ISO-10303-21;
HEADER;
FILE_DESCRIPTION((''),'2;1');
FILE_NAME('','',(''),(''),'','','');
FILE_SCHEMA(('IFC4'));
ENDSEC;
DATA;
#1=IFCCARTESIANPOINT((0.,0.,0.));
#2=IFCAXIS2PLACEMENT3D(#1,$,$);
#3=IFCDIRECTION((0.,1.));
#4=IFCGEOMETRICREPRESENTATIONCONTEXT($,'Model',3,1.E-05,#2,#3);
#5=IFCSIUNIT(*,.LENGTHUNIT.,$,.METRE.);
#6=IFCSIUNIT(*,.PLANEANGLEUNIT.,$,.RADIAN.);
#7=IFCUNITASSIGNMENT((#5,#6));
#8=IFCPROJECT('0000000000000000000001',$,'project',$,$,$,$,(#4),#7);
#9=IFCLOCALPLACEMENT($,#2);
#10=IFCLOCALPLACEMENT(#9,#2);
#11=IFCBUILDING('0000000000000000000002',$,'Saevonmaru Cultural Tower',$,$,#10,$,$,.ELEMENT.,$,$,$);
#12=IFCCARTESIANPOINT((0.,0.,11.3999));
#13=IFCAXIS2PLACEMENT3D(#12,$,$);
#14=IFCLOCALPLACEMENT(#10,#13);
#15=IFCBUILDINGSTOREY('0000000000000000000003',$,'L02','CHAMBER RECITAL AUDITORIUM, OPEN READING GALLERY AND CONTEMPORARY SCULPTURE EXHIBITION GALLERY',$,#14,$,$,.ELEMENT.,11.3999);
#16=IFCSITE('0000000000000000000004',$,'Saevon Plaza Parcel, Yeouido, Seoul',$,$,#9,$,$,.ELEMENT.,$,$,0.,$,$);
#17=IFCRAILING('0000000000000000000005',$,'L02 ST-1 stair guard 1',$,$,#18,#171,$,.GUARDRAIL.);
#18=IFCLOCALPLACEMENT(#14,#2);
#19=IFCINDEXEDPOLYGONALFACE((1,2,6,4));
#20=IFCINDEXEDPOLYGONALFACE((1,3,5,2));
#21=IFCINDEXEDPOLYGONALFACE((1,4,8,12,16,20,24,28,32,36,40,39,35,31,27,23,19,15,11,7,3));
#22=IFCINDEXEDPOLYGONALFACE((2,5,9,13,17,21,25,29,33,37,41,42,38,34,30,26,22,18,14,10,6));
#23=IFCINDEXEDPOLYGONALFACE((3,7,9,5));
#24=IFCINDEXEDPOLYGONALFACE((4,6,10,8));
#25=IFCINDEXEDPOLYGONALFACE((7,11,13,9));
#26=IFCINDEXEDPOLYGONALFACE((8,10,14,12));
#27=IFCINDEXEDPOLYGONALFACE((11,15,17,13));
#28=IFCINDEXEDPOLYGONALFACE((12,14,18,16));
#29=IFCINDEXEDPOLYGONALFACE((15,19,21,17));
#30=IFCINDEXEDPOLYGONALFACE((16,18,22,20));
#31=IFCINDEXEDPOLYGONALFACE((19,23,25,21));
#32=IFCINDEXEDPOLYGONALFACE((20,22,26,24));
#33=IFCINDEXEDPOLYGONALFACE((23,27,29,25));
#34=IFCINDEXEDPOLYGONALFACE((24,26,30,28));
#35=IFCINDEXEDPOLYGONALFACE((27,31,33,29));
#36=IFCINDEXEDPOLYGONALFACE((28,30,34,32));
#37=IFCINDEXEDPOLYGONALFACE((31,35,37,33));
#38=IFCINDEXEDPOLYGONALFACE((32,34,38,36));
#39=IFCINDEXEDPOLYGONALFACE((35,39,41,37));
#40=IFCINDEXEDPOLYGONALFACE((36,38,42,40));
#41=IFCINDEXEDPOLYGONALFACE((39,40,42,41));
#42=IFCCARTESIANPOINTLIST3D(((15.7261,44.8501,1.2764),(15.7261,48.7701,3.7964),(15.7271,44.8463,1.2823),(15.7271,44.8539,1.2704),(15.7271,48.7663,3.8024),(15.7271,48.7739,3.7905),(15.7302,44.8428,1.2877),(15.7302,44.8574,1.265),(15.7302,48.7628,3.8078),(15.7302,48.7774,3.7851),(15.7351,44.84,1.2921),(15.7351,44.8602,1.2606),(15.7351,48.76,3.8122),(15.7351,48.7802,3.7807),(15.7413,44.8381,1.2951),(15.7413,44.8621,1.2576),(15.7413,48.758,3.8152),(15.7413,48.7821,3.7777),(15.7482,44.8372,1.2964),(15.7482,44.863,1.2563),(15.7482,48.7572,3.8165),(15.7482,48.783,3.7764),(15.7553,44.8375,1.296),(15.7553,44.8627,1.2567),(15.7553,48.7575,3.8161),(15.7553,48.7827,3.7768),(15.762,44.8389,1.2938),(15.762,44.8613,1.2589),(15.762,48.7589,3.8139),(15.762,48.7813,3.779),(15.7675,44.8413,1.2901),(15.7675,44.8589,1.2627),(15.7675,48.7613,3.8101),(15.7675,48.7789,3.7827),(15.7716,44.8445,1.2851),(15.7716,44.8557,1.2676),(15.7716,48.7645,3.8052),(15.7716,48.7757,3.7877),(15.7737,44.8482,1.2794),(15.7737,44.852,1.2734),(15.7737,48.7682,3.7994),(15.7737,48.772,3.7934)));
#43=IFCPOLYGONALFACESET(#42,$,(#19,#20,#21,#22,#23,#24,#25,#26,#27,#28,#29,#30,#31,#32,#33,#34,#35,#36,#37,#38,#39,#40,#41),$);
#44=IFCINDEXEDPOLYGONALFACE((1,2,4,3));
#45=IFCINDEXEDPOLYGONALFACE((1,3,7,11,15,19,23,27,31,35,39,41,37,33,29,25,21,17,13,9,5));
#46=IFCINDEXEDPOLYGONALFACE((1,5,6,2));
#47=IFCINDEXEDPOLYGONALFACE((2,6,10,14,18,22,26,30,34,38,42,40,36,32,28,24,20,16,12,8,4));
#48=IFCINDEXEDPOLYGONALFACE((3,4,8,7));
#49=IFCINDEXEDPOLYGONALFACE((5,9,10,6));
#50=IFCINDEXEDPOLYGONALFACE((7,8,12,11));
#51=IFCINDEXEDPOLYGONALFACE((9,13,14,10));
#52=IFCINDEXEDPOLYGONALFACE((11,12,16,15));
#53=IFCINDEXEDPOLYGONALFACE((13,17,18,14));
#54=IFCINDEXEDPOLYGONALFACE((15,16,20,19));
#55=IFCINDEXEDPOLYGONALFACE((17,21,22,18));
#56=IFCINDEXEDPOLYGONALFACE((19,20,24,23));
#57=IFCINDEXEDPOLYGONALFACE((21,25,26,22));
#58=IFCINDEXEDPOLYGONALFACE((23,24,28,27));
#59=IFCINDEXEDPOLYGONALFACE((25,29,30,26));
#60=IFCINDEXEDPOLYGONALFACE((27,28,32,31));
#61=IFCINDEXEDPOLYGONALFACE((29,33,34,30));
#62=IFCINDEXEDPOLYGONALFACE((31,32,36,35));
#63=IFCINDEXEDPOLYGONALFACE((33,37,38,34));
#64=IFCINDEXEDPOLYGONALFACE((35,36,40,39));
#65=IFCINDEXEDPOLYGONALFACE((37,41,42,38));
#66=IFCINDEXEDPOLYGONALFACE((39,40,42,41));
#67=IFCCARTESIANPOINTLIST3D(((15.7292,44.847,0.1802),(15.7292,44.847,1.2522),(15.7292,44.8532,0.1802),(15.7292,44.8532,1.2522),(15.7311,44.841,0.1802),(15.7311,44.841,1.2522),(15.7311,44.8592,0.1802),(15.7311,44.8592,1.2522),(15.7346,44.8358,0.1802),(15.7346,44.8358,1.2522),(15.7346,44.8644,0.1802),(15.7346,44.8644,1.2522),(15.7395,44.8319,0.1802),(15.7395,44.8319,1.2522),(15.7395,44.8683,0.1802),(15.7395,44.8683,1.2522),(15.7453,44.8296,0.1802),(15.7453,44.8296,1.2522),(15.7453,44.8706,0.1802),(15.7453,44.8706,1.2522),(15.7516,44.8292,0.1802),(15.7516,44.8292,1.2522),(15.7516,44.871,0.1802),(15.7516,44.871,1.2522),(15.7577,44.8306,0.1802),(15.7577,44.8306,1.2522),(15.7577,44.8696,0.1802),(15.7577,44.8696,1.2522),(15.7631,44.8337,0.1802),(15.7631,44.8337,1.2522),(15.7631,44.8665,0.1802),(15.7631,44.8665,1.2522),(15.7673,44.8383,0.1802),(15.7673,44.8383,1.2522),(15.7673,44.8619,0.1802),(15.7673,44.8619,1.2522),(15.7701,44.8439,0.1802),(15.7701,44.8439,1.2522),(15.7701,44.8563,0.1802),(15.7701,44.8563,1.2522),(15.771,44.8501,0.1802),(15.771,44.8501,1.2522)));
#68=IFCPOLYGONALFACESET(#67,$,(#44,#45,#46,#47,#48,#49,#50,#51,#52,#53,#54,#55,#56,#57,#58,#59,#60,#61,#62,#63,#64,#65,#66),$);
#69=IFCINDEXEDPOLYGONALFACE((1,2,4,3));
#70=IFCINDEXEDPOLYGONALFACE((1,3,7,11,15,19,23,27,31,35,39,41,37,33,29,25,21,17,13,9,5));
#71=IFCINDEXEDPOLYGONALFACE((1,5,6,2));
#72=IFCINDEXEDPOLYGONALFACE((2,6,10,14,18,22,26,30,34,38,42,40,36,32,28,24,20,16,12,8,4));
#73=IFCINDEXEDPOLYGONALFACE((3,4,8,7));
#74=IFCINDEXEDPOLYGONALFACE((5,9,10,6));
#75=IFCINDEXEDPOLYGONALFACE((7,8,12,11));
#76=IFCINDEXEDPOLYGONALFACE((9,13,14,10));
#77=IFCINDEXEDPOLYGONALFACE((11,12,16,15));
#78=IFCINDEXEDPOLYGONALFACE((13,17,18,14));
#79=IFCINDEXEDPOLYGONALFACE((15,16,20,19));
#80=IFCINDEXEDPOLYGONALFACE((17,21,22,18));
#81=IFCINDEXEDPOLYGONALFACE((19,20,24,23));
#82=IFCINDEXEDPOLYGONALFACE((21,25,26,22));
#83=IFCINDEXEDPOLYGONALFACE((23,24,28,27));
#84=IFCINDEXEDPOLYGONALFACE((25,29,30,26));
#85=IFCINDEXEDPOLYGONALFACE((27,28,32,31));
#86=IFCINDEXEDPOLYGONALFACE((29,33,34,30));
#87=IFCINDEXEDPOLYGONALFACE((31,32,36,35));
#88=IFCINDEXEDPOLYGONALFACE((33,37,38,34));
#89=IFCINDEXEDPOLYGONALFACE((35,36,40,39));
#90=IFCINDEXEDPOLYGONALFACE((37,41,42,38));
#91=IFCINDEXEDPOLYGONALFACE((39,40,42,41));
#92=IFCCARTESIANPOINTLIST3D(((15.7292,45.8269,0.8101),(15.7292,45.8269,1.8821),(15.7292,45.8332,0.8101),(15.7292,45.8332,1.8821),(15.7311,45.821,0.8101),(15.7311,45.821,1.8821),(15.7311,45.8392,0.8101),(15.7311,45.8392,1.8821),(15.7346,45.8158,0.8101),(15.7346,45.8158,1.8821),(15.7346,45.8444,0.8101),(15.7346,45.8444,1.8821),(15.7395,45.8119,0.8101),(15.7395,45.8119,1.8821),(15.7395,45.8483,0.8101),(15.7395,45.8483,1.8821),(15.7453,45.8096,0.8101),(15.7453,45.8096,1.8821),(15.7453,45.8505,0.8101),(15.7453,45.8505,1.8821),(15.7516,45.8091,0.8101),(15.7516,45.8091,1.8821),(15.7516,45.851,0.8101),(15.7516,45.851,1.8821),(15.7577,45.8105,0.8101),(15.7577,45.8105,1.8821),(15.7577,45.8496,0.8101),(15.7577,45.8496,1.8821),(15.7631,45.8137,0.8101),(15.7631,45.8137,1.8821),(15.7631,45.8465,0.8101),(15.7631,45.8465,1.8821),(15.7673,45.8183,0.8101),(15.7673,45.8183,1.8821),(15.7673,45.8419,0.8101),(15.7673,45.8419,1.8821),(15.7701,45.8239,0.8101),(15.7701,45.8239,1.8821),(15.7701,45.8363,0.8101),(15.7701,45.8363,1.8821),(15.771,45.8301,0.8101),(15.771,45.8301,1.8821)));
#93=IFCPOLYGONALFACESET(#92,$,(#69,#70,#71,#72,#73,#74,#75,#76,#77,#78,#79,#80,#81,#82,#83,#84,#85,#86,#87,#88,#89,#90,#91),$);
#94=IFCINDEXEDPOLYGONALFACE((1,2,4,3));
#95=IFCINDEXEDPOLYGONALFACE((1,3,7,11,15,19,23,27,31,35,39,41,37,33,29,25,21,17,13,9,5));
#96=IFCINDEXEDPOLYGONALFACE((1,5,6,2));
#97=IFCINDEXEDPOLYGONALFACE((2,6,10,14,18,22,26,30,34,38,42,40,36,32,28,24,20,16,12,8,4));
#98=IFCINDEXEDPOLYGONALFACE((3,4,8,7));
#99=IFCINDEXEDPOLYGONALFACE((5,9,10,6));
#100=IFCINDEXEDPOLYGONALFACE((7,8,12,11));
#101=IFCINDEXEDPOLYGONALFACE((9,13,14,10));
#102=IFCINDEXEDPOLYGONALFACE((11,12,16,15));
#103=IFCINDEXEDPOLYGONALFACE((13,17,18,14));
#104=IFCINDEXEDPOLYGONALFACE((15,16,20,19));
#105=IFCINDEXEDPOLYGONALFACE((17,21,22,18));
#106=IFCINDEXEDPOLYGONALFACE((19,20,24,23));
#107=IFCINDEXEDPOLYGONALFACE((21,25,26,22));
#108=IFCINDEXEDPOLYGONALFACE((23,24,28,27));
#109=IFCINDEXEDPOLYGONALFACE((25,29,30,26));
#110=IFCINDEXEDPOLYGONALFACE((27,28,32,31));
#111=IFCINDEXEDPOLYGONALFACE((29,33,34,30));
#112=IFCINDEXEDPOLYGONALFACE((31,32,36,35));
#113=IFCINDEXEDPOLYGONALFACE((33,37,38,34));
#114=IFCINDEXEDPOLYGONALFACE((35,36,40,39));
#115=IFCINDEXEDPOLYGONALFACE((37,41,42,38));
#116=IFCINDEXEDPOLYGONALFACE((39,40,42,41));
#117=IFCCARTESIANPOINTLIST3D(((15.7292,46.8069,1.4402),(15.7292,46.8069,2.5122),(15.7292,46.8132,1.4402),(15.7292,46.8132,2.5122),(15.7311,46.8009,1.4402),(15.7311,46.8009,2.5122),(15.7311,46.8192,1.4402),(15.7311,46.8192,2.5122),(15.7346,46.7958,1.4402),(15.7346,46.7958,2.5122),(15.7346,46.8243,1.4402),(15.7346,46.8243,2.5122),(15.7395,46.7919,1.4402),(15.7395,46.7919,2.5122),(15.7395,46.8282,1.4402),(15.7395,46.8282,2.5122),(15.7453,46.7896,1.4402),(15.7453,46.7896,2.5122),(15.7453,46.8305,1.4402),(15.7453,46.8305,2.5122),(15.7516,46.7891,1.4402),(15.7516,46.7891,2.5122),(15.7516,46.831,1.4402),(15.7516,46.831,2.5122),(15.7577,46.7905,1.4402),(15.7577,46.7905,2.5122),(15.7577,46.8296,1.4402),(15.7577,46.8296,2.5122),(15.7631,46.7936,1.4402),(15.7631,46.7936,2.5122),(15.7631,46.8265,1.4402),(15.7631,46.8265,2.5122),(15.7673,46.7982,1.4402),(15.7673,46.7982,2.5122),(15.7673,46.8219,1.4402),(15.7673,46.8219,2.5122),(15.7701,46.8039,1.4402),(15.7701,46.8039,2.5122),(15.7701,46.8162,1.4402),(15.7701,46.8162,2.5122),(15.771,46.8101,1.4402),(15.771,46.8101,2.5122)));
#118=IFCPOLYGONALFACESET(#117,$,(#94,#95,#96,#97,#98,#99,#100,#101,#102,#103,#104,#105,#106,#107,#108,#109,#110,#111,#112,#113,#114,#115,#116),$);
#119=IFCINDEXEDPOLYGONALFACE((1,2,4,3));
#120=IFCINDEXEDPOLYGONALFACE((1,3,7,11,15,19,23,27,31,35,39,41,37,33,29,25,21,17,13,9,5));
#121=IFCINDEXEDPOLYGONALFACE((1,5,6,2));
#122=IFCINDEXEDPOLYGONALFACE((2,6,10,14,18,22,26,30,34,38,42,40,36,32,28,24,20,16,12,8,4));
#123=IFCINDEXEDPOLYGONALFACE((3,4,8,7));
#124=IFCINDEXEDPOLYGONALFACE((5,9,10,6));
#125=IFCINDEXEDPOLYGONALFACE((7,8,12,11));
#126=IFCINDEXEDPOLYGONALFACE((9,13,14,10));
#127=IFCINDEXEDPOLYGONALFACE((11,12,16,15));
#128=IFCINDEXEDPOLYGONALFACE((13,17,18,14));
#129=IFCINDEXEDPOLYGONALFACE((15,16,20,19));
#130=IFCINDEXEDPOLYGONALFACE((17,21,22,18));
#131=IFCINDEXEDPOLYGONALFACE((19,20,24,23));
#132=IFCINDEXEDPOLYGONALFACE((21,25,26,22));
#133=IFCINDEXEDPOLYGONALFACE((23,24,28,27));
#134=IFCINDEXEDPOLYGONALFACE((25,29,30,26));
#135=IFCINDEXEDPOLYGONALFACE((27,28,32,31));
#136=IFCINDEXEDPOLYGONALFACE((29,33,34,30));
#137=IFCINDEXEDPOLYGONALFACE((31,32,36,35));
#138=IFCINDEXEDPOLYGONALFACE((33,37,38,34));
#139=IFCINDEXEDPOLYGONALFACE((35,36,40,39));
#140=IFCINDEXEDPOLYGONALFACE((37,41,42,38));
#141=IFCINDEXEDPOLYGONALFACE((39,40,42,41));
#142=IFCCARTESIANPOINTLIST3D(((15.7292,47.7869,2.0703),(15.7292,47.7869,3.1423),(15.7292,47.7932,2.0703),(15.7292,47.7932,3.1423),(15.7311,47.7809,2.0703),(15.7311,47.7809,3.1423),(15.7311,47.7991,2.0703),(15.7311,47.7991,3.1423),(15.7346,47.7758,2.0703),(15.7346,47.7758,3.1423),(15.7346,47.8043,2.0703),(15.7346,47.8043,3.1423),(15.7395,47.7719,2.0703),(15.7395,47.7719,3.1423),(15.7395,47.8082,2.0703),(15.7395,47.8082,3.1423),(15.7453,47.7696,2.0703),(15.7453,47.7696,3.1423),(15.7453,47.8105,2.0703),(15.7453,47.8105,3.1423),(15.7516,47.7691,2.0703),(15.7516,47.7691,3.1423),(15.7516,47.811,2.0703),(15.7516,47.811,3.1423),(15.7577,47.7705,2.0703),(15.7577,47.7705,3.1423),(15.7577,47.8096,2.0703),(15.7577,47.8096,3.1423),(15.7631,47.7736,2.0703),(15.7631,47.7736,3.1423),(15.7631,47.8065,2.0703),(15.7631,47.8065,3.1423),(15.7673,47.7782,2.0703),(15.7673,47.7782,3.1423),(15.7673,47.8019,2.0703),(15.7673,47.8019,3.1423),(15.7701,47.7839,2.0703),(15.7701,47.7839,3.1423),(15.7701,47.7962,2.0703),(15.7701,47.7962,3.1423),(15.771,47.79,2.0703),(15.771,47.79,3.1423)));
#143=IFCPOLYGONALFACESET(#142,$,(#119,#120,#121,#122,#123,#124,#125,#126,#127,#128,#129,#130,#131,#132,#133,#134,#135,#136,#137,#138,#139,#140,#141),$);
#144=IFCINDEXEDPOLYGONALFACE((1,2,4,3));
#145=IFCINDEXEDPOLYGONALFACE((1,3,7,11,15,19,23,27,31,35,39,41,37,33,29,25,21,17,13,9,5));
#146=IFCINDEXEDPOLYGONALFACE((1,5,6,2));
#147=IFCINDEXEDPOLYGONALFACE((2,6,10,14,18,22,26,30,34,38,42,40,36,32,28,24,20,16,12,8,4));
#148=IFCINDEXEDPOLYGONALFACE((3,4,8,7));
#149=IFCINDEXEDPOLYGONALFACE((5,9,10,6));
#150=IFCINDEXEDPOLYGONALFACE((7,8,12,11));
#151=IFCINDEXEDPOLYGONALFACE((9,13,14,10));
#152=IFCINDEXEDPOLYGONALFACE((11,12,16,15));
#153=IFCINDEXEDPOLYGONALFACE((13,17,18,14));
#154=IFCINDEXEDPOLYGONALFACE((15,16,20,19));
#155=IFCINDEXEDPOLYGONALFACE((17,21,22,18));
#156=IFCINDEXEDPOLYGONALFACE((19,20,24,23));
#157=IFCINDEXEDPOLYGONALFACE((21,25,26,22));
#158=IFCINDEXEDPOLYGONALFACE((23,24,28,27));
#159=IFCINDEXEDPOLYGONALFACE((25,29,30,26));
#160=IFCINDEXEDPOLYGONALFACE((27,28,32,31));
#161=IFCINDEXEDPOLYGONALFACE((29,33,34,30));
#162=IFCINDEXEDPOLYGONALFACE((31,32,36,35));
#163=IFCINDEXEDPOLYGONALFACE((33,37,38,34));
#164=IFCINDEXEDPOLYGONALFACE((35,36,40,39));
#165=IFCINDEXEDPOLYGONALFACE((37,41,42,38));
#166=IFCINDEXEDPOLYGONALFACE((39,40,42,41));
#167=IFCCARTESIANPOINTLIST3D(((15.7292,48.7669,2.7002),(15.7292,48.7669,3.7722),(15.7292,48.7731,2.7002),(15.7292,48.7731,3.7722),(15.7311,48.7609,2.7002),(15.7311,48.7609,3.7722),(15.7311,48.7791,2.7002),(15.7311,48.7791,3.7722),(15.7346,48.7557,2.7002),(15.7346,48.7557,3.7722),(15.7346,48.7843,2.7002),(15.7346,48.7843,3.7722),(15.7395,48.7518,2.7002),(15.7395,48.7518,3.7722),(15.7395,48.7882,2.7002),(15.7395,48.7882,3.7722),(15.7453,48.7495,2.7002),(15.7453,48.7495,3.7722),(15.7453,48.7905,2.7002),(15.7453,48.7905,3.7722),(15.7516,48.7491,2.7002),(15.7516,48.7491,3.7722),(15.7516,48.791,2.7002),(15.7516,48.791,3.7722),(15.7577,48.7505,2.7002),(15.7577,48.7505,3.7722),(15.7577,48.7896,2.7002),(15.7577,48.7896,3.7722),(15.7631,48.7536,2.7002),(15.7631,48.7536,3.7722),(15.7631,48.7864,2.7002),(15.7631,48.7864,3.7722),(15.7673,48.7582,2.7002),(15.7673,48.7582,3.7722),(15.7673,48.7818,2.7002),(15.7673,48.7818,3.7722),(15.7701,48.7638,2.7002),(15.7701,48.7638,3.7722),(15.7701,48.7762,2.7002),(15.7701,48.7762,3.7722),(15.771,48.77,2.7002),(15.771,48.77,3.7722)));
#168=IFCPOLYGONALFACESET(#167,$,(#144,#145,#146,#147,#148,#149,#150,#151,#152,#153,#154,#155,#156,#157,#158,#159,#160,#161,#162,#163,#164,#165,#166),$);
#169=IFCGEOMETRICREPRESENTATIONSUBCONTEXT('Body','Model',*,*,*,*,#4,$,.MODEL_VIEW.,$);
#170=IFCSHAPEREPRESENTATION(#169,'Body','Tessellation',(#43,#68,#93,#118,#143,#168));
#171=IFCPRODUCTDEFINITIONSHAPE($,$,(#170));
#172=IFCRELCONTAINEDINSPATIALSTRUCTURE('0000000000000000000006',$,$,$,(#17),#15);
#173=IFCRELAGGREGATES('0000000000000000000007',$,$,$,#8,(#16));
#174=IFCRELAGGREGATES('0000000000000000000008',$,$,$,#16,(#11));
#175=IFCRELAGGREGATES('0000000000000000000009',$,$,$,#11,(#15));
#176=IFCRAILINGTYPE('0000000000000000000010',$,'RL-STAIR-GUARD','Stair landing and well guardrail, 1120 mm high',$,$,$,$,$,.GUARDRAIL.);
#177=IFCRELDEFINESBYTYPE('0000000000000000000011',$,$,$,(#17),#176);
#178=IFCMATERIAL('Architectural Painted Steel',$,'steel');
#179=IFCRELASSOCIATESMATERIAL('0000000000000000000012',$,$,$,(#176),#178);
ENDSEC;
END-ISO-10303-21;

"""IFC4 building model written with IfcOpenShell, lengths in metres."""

from ifc_helpers import new_model, si_unit, direction, frame, origin, origin_2d, place, context, subcontext, project, spatial, circle, extrude, material, type_object, element, save


model = new_model("IFC4")

# Units and contexts
model_context = context("Model", 3, precision=1e-05, world=origin(), true_north=direction((0.0, 1.0)))
body_context = subcontext(model_context, "Body", "Model", "MODEL_VIEW")
ifc_project = project(units=[si_unit("LENGTHUNIT", "METRE"), si_unit("PLANEANGLEUNIT", "RADIAN")], contexts=[model_context])

# Site, building, storey
site_placement = place(None, origin())
site = spatial("IfcSite", under=ifc_project, at=site_placement, Name="Saevon Plaza Parcel, Yeouido, Seoul", CompositionType="ELEMENT", RefElevation=0.0)
building_placement = place(site_placement, origin())
building = spatial("IfcBuilding", under=site, at=building_placement, Name="Saevonmaru Cultural Tower", CompositionType="ELEMENT")
storey_placement = place(building_placement, frame((0.0, 0.0, 11.3999)))
storey = spatial("IfcBuildingStorey", under=building, at=storey_placement, Name="L02", Description="CHAMBER RECITAL AUDITORIUM, OPEN READING GALLERY AND CONTEMPORARY SCULPTURE EXHIBITION GALLERY", CompositionType="ELEMENT", Elevation=11.3999)

# Railing
ifc_material_1 = material(Name="Architectural Painted Steel", Category="steel")
railing_type_1 = type_object("IfcRailingType", Name="RL-STAIR-GUARD", Description="Stair landing and well guardrail, 1120 mm high", PredefinedType="GUARDRAIL", material=ifc_material_1)
railing_1_placement = place(storey_placement, frame((15.75, 44.8501, 0.1802)))
element("IfcRailing", 1, at=railing_1_placement, inside=storey, type_object=railing_type_1, Name="L02 ST-1 stair guard 1", PredefinedType="GUARDRAIL", context=body_context, shape_type="SweptSolid", body=[
    extrude(circle(Radius=0.0239, at=origin_2d()), frame((0.0, 0.0, 1.0962), z_axis=(0.0, 0.841172, 0.540768), x_axis=(-1.0, 0.0, 0.0)), (0.0, 0.0, 1.0), 4.6602),
    extrude(circle(Radius=0.021, at=origin_2d()), origin(), (0.0, 0.0, 1.0), 1.072),
    extrude(circle(Radius=0.021, at=origin_2d()), frame((0.0, 0.98, 0.6299)), (0.0, 0.0, 1.0), 1.072),
    extrude(circle(Radius=0.021, at=origin_2d()), frame((0.0, 1.96, 1.26)), (0.0, 0.0, 1.0), 1.072),
    extrude(circle(Radius=0.021, at=origin_2d()), frame((0.0, 2.9399, 1.8901)), (0.0, 0.0, 1.0), 1.072),
    extrude(circle(Radius=0.021, at=origin_2d()), frame((0.0, 3.9199, 2.52)), (0.0, 0.0, 1.0), 1.072),
])

save(model, "model.ifc")
